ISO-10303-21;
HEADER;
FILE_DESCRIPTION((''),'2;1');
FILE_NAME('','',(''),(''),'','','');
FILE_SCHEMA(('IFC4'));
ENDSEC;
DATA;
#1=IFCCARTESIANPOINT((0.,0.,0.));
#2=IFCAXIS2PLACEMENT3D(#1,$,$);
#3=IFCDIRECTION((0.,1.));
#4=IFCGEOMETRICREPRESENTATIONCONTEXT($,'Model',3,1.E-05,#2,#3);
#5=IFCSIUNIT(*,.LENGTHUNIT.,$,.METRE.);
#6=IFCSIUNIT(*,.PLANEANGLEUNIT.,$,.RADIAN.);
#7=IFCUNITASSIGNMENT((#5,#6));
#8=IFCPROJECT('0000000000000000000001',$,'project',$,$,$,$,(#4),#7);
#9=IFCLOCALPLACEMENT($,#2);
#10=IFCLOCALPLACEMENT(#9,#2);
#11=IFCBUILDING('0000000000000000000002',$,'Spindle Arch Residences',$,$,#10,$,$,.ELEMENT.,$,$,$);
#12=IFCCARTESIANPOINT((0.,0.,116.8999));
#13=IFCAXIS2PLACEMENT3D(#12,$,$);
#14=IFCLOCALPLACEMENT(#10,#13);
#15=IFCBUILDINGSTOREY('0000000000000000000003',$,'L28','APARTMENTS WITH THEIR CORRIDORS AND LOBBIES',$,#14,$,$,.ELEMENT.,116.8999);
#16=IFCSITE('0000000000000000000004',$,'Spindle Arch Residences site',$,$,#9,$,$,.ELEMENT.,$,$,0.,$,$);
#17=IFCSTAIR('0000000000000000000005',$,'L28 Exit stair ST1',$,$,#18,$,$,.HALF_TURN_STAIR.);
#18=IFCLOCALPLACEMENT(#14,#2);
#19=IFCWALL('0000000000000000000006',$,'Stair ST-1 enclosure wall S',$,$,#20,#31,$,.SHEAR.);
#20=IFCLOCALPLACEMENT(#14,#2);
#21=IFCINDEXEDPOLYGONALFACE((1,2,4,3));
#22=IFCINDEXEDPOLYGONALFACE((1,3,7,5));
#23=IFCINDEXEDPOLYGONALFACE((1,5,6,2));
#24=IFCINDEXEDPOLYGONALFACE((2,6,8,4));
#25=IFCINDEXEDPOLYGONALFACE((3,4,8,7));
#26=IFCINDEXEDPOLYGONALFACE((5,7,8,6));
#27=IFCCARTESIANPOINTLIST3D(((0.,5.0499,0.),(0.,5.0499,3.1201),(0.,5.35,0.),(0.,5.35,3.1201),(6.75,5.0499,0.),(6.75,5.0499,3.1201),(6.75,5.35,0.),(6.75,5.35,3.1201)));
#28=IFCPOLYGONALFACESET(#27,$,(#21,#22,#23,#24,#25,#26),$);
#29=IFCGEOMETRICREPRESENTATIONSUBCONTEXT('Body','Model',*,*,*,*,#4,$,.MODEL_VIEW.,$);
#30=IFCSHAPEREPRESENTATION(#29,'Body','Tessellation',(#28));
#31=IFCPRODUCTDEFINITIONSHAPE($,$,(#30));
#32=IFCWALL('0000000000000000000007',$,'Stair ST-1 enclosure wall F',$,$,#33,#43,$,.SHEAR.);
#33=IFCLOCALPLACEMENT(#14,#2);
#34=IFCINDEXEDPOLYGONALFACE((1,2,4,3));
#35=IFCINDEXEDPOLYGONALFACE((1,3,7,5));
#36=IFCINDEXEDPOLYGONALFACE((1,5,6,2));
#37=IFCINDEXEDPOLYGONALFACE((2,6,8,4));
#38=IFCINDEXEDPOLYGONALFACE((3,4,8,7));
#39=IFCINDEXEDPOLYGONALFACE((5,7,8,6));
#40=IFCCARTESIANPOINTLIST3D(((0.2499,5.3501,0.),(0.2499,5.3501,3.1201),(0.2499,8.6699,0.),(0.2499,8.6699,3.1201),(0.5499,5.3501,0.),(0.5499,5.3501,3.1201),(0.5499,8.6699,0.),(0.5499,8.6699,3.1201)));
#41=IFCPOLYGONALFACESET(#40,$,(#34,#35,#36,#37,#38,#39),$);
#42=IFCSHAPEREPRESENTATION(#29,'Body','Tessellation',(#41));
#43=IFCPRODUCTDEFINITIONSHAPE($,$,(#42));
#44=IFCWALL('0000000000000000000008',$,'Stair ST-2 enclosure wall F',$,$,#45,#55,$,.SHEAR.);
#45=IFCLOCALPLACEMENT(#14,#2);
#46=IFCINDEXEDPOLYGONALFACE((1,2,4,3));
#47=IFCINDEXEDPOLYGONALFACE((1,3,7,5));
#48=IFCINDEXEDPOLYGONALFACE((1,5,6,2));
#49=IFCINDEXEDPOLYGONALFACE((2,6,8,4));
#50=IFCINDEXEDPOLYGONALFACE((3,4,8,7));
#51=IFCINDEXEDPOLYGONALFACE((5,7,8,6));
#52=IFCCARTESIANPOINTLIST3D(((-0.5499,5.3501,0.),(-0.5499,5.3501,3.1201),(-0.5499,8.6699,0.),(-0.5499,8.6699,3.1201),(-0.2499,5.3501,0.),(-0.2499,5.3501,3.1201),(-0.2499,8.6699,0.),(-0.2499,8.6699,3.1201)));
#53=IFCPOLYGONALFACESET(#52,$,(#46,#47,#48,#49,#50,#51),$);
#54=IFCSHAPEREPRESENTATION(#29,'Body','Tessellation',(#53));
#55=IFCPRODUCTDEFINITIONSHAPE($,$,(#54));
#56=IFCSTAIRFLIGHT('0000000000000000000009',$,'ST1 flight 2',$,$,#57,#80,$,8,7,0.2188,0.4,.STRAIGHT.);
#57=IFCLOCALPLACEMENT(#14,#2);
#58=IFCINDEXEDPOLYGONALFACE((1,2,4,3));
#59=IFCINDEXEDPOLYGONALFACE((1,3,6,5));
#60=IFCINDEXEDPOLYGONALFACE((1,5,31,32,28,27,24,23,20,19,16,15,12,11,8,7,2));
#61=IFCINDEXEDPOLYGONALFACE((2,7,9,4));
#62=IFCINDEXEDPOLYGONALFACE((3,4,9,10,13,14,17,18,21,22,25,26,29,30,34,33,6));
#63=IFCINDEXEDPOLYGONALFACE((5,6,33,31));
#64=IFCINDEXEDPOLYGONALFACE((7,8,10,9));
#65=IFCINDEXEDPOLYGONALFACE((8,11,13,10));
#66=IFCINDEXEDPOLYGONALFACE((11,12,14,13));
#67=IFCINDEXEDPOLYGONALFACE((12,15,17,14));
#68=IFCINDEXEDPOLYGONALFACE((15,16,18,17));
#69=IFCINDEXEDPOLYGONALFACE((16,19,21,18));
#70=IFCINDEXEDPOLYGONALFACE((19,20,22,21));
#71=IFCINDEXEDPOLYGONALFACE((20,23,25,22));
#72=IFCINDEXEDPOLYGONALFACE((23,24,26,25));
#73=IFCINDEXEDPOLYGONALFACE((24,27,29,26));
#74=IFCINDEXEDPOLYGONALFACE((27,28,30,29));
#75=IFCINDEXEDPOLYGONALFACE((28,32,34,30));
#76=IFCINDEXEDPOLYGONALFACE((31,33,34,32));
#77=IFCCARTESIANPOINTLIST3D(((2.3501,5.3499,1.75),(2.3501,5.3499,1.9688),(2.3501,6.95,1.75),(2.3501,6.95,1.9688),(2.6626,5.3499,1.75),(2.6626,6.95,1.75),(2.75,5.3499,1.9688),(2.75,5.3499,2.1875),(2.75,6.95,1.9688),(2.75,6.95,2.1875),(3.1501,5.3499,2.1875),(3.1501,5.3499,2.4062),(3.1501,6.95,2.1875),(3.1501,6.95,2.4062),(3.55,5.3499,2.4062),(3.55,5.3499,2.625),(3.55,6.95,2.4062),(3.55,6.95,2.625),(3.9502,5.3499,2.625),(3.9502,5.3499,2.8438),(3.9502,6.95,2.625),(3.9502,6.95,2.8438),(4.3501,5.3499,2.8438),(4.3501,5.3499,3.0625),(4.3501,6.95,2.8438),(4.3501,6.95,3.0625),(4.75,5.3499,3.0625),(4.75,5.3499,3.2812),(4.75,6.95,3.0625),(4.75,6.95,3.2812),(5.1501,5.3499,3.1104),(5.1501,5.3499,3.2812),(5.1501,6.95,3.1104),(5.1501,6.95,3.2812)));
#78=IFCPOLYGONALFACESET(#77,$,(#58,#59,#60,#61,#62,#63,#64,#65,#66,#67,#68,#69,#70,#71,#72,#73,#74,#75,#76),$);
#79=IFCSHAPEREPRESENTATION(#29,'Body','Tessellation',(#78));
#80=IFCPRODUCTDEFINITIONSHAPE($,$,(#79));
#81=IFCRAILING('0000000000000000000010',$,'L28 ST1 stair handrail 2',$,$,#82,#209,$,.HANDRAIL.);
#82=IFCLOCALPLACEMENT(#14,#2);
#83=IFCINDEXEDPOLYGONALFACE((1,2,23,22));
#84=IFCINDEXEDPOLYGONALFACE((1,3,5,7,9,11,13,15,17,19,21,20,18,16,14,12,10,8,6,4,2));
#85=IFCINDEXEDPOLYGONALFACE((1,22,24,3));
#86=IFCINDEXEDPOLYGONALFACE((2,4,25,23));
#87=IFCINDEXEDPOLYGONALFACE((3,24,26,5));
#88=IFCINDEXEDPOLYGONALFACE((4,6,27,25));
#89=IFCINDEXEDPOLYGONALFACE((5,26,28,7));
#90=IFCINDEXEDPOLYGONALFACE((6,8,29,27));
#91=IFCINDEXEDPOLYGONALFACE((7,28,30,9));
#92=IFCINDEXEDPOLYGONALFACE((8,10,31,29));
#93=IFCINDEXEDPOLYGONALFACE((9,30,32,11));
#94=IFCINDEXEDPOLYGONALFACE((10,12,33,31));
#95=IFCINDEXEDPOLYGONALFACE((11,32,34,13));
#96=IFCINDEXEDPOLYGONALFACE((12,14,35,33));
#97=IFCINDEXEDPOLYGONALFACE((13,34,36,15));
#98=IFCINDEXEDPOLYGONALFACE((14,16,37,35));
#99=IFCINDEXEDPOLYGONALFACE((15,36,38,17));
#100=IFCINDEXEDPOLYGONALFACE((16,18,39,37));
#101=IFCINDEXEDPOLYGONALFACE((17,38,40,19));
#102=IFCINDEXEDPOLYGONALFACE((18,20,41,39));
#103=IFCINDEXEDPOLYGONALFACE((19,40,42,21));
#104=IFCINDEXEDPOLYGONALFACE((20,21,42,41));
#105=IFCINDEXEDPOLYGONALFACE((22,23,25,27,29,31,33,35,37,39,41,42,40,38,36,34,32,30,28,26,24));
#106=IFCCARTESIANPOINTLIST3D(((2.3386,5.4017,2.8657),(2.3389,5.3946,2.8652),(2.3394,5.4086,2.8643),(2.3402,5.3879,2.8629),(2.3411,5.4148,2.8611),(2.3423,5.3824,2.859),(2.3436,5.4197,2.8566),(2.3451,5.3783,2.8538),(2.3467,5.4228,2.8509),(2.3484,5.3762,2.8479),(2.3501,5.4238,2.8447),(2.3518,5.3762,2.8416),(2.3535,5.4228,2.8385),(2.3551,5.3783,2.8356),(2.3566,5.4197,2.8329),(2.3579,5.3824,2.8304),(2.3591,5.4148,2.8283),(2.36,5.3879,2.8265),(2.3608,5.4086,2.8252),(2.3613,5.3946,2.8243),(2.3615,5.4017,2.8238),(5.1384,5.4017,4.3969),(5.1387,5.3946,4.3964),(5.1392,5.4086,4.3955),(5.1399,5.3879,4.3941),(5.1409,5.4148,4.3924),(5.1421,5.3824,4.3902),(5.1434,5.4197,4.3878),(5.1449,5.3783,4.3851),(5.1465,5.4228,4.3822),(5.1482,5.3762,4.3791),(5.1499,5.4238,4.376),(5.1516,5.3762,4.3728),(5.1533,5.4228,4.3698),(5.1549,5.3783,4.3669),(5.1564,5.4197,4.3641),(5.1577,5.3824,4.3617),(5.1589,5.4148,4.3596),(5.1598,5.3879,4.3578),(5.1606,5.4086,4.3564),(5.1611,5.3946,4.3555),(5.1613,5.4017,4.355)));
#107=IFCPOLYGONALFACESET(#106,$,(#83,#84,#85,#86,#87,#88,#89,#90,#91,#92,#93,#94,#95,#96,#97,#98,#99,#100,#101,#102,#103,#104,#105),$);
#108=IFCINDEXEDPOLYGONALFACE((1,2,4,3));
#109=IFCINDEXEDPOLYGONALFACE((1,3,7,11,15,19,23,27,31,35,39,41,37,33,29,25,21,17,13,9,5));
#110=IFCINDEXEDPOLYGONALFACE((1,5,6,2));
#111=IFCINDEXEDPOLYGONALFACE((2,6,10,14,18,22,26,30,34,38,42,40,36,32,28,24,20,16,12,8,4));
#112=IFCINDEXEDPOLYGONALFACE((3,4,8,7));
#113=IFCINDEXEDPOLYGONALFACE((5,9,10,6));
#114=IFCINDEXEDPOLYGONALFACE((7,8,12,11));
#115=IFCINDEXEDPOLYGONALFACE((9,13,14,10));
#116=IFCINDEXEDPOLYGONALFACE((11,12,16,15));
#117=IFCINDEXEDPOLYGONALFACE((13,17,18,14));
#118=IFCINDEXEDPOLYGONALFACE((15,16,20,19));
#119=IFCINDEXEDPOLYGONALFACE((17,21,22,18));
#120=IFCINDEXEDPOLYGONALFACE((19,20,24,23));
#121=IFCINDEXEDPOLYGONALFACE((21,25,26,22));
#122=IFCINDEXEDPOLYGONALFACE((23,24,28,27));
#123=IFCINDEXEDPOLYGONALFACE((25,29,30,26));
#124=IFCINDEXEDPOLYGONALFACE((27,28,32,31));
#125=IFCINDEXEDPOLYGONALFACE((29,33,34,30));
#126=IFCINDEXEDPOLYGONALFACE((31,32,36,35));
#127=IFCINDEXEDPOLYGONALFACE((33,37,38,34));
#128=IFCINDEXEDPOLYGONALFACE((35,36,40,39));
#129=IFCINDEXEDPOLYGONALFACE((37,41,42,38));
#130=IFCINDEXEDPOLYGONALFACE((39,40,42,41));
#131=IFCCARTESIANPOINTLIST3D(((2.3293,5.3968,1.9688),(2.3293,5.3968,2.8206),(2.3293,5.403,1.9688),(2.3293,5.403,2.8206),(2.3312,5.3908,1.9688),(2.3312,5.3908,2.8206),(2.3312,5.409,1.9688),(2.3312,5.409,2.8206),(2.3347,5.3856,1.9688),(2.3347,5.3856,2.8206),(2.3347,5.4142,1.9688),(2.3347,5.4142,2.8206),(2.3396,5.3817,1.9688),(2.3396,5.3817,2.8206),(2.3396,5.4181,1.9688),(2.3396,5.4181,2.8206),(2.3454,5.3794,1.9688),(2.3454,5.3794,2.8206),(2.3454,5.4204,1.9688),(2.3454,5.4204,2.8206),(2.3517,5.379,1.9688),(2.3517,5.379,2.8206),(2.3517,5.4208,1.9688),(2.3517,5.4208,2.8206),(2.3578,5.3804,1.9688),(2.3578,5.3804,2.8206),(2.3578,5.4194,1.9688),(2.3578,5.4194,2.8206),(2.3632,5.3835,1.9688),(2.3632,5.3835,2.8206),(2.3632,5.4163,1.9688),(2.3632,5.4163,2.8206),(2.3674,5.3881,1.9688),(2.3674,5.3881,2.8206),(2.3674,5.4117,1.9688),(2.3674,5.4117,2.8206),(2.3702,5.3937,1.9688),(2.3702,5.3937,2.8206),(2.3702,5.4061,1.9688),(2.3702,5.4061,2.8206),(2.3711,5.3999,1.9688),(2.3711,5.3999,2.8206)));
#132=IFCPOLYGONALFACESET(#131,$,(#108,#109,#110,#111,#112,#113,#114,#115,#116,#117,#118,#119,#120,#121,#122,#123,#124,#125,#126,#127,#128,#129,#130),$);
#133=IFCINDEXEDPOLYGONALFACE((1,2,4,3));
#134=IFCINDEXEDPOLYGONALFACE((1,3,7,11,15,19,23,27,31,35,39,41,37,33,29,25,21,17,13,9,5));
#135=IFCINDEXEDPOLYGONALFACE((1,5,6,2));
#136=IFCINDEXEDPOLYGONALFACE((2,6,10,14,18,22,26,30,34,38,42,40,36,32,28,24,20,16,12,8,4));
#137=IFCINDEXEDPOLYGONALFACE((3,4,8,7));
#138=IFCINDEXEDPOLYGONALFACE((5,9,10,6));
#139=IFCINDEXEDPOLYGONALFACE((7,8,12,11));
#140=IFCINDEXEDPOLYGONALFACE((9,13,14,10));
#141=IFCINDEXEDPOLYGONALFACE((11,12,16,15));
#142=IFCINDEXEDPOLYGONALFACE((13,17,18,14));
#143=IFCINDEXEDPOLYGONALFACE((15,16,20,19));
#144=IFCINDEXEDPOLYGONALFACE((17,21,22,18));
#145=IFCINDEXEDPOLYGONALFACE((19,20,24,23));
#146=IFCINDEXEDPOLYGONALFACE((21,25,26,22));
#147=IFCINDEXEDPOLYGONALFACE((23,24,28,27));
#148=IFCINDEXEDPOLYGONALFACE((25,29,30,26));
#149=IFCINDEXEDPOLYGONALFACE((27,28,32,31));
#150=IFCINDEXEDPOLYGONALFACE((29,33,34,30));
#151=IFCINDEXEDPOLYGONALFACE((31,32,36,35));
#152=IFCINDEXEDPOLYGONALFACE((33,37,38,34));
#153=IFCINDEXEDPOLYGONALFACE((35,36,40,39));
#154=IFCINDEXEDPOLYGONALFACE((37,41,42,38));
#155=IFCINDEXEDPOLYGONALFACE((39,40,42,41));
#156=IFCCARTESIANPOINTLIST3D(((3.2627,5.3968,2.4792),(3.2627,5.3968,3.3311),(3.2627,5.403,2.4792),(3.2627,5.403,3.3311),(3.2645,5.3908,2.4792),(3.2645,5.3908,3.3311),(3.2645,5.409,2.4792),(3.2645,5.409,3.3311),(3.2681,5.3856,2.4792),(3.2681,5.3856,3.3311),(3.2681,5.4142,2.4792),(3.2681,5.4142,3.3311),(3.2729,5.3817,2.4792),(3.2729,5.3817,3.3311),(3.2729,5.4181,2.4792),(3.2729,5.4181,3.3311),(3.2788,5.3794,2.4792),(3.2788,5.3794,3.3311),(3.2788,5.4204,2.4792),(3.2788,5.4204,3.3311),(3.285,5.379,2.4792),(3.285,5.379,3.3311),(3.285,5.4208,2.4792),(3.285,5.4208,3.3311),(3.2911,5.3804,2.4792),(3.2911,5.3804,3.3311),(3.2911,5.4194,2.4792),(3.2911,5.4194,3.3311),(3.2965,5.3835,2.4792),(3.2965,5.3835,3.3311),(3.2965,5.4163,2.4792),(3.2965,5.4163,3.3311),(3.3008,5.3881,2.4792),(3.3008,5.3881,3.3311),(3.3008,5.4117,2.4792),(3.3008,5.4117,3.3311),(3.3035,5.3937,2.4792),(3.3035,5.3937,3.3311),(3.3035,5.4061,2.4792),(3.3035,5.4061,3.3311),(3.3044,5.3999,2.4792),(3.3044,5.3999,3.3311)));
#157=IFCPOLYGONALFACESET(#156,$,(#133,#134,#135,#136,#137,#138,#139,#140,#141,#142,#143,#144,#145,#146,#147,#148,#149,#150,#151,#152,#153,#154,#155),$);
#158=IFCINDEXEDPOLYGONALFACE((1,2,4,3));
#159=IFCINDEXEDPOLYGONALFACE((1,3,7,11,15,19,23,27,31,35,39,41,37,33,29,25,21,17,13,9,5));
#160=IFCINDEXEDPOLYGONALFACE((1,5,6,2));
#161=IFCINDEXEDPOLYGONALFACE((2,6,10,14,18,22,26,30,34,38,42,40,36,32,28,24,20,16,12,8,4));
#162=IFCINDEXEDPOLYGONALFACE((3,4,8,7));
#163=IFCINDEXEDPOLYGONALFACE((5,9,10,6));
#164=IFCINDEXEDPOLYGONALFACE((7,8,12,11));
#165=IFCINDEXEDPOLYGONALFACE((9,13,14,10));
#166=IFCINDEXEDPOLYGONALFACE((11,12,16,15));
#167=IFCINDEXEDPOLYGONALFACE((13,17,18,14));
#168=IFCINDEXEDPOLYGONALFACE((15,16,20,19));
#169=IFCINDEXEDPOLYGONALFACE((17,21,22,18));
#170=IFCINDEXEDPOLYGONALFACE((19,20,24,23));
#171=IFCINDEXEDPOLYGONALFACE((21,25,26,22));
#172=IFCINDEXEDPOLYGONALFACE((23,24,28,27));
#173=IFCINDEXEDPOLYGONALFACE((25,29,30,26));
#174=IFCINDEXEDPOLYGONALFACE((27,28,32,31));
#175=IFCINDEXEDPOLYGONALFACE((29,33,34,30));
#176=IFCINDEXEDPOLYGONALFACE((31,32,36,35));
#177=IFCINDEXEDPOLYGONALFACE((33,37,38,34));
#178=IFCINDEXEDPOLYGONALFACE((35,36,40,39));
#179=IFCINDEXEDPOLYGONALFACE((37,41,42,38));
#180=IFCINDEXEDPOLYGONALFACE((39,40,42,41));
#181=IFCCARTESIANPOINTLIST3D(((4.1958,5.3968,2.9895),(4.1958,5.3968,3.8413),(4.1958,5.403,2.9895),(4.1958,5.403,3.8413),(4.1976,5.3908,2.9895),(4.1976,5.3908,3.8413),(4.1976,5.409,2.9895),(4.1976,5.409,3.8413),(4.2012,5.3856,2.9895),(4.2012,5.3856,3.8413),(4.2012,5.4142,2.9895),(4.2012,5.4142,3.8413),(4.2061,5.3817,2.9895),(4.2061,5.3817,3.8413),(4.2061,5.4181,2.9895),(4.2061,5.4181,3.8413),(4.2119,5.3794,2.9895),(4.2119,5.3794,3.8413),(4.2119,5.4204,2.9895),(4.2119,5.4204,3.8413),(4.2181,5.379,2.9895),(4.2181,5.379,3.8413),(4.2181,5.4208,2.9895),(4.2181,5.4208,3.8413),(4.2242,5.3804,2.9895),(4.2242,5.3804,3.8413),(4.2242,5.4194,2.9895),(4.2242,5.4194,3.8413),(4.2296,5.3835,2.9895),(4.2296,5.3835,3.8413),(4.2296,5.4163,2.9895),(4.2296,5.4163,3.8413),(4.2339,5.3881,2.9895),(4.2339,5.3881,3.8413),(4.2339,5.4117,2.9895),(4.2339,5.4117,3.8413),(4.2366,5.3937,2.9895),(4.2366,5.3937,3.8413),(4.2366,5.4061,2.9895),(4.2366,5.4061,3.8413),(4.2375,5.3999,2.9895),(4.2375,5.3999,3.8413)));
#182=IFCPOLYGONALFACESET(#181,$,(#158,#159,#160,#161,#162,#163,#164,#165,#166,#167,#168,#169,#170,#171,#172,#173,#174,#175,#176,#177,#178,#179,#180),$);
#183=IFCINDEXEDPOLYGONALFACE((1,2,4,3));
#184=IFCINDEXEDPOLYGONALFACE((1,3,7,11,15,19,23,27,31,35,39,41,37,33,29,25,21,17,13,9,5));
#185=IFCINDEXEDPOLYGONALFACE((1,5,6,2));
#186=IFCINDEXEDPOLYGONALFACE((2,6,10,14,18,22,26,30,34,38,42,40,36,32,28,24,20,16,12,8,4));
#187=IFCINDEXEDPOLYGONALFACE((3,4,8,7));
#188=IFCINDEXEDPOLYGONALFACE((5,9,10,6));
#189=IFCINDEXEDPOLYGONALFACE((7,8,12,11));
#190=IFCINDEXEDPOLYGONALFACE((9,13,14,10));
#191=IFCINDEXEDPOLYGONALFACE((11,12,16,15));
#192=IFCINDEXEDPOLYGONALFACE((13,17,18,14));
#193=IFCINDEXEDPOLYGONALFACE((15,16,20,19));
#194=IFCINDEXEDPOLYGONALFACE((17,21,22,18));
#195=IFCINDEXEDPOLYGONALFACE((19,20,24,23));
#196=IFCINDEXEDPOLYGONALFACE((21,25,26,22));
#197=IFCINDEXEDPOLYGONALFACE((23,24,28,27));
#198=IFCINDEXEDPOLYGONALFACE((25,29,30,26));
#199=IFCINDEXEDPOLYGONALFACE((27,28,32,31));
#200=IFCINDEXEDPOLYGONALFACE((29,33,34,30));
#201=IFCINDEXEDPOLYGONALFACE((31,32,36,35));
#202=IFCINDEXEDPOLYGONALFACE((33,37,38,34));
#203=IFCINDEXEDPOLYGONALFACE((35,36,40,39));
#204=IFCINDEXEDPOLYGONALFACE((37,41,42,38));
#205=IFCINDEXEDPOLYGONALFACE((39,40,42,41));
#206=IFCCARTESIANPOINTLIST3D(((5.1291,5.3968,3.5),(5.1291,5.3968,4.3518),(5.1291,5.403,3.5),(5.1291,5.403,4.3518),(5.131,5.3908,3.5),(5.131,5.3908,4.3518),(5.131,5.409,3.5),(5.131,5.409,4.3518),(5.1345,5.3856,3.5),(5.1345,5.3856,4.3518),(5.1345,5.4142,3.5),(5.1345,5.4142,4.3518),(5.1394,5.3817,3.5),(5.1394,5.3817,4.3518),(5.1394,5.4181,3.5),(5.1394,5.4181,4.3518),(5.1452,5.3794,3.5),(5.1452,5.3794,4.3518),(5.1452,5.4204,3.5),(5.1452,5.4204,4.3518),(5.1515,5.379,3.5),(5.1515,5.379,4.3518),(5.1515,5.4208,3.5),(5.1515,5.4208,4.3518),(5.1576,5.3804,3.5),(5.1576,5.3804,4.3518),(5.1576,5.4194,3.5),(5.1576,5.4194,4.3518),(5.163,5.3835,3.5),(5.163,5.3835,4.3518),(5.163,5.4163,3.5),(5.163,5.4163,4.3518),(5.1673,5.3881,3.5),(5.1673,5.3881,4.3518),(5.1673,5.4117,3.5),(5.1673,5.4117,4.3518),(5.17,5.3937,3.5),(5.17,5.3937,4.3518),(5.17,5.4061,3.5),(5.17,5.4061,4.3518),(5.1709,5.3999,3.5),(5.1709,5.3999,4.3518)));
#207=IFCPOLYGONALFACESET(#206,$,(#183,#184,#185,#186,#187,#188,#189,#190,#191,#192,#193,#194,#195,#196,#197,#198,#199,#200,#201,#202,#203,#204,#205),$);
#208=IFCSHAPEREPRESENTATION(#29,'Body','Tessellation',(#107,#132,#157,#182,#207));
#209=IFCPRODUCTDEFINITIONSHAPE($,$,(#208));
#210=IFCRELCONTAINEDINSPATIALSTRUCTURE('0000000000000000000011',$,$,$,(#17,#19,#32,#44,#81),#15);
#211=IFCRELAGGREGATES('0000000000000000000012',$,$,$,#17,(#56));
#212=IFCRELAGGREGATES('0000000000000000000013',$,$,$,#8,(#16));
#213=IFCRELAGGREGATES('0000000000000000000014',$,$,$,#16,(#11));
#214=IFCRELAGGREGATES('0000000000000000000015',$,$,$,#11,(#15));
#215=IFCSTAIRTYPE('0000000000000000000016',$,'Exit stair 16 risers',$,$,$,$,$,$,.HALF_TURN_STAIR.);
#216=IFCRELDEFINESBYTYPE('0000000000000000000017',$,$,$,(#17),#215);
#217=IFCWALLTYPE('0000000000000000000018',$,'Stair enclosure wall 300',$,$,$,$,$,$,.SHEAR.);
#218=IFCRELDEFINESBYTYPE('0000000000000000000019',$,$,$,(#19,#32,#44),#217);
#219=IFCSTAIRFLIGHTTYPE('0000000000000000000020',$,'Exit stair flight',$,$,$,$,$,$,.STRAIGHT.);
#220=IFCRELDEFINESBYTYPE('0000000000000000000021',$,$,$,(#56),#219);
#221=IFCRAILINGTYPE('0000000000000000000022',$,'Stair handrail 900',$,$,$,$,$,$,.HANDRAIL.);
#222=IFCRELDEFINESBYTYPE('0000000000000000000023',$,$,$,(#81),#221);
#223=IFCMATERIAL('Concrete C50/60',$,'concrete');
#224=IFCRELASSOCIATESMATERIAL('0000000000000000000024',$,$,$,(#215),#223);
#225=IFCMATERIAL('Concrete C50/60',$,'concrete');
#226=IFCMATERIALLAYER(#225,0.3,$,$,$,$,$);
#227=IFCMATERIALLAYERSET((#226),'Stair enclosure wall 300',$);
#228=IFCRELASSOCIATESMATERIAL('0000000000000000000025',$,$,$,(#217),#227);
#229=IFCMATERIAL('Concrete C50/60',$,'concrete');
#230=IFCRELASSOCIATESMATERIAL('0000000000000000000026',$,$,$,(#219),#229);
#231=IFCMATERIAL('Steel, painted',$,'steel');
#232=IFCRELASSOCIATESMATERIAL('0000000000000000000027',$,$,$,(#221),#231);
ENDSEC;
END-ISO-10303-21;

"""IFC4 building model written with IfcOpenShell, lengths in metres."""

from ifc_helpers import new_model, si_unit, direction, frame, frame_2d, origin, origin_2d, place, context, subcontext, project, spatial, polyline, rectangle, circle, outline, extrude, material, layer, layer_set, type_object, element, aggregate, save


model = new_model("IFC4")

# Units and contexts
model_context = context("Model", 3, precision=1e-05, world=origin(), true_north=direction((0.0, 1.0)))
body_context = subcontext(model_context, "Body", "Model", "MODEL_VIEW")
ifc_project = project(units=[si_unit("LENGTHUNIT", "METRE"), si_unit("PLANEANGLEUNIT", "RADIAN")], contexts=[model_context])

# Site, building, storey
site_placement = place(None, origin())
site = spatial("IfcSite", under=ifc_project, at=site_placement, Name="Spindle Arch Residences site", CompositionType="ELEMENT", RefElevation=0.0)
building_placement = place(site_placement, origin())
building = spatial("IfcBuilding", under=site, at=building_placement, Name="Spindle Arch Residences", CompositionType="ELEMENT")
storey_placement = place(building_placement, frame((0.0, 0.0, 116.8999)))
storey = spatial("IfcBuildingStorey", under=building, at=storey_placement, Name="L28", Description="APARTMENTS WITH THEIR CORRIDORS AND LOBBIES", CompositionType="ELEMENT", Elevation=116.8999)

# Stair
ifc_material_1 = material(Name="Concrete C50/60", Category="concrete")
stair_type = type_object("IfcStairType", Name="Exit stair 16 risers", PredefinedType="HALF_TURN_STAIR", material=ifc_material_1)
stair_1_placement = place(storey_placement, origin())
stair_1 = element("IfcStair", 1, at=stair_1_placement, inside=storey, type_object=stair_type, Name="L28 Exit stair ST1", PredefinedType="HALF_TURN_STAIR")

# Walls
ifc_material_2 = material(Name="Concrete C50/60", Category="concrete")
ifc_layer_1 = layer(ifc_material_2, 0.3)
ifc_layer_set_1 = layer_set([ifc_layer_1], Name="Stair enclosure wall 300")
wall_type_1 = type_object("IfcWallType", Name="Stair enclosure wall 300", PredefinedType="SHEAR", material=ifc_layer_set_1)
wall_1_placement = place(storey_placement, frame((0.0, 5.2, 0.0), z_axis=(0.0, 0.0, 1.0), x_axis=(1.0, 0.0, 0.0)))
element("IfcWall", 2, at=wall_1_placement, inside=storey, type_object=wall_type_1, Name="Stair ST-1 enclosure wall S", PredefinedType="SHEAR", context=body_context, shape_type="SweptSolid", body=[
    extrude(rectangle(XDim=6.75, YDim=0.3, at=frame_2d((3.375, 0.0))), origin(), (0.0, 0.0, 1.0), 3.1201),
])
for number, where, z_axis, x_axis, name in (
    (3, (0.3999, 5.3501, 0.0), (0.0, 0.0, 1.0), (0.0, 1.0, 0.0), "Stair ST-1 enclosure wall F"),
    (4, (-0.3999, 5.3501, 0.0), (0.0, 0.0, 1.0), (0.0, 1.0, 0.0), "Stair ST-2 enclosure wall F"),
):
    element("IfcWall", number, at=place(storey_placement, frame(where, z_axis=z_axis, x_axis=x_axis)), inside=storey, type_object=wall_type_1, Name=name, PredefinedType="SHEAR", context=body_context, shape_type="SweptSolid", body=[
        extrude(rectangle(XDim=3.3198, YDim=0.3, at=frame_2d((1.6599, 0.0))), origin(), (0.0, 0.0, 1.0), 3.1201),
    ])

# Stair flight
ifc_material_3 = material(Name="Concrete C50/60", Category="concrete")
stair_flight_type = type_object("IfcStairFlightType", Name="Exit stair flight", PredefinedType="STRAIGHT", material=ifc_material_3)
stair_flight_placement = place(storey_placement, frame((2.3501, 6.1499, 1.75), z_axis=(0.0, 0.0, 1.0), x_axis=(1.0, 0.0, 0.0)))
stair_flight = element("IfcStairFlight", 5, at=stair_flight_placement, type_object=stair_flight_type, Name="ST1 flight 2", NumberOfRisers=8, NumberOfTreads=7, PredefinedType="STRAIGHT", RiserHeight=0.2188, TreadLength=0.4, context=body_context, shape_type="SweptSolid", body=[
    extrude(outline(polyline([(0.0, 0.0), (0.0, 0.2188), (0.3999, 0.2188), (0.3999, 0.4375), (0.8, 0.4375), (0.8, 0.6562), (1.2, 0.6562), (1.2, 0.875), (1.6001, 0.875), (1.6001, 1.0938), (2.0, 1.0938), (2.0, 1.3125), (2.3999, 1.3125), (2.3999, 1.5312), (2.8, 1.5312), (2.8, 1.75), (2.8, 1.3604), (0.3125, 0.0), (0.0, 0.0)])), frame((0.0, 0.8, 0.0), z_axis=(0.0, -1.0, 0.0), x_axis=(1.0, 0.0, 0.0)), (0.0, 0.0, 1.0), 1.6001),
])
aggregate(stair_1, [stair_flight])

# Railing
ifc_material_4 = material(Name="Steel, painted", Category="steel")
railing_type = type_object("IfcRailingType", Name="Stair handrail 900", PredefinedType="HANDRAIL", material=ifc_material_4)
railing_placement = place(storey_placement, frame((2.3501, 5.3999, 1.9688)))
element("IfcRailing", 6, at=railing_placement, inside=storey, type_object=railing_type, Name="L28 ST1 stair handrail 2", PredefinedType="HANDRAIL", context=body_context, shape_type="SweptSolid", body=[
    extrude(circle(Radius=0.0239, at=origin_2d()), frame((0.0, 0.0, 0.876), z_axis=(0.877357, 0.0, 0.479838), x_axis=(0.0, 1.0, 0.0)), (0.0, 0.0, 1.0), 3.1912),
    extrude(circle(Radius=0.021, at=origin_2d()), origin(), (0.0, 0.0, 1.0), 0.8518),
    extrude(circle(Radius=0.021, at=origin_2d()), frame((0.9333, 0.0, 0.5105)), (0.0, 0.0, 1.0), 0.8518),
    extrude(circle(Radius=0.021, at=origin_2d()), frame((1.8665, 0.0, 1.0208)), (0.0, 0.0, 1.0), 0.8518),
    extrude(circle(Radius=0.021, at=origin_2d()), frame((2.7998, 0.0, 1.5312)), (0.0, 0.0, 1.0), 0.8518),
])

save(model, "model.ifc")
